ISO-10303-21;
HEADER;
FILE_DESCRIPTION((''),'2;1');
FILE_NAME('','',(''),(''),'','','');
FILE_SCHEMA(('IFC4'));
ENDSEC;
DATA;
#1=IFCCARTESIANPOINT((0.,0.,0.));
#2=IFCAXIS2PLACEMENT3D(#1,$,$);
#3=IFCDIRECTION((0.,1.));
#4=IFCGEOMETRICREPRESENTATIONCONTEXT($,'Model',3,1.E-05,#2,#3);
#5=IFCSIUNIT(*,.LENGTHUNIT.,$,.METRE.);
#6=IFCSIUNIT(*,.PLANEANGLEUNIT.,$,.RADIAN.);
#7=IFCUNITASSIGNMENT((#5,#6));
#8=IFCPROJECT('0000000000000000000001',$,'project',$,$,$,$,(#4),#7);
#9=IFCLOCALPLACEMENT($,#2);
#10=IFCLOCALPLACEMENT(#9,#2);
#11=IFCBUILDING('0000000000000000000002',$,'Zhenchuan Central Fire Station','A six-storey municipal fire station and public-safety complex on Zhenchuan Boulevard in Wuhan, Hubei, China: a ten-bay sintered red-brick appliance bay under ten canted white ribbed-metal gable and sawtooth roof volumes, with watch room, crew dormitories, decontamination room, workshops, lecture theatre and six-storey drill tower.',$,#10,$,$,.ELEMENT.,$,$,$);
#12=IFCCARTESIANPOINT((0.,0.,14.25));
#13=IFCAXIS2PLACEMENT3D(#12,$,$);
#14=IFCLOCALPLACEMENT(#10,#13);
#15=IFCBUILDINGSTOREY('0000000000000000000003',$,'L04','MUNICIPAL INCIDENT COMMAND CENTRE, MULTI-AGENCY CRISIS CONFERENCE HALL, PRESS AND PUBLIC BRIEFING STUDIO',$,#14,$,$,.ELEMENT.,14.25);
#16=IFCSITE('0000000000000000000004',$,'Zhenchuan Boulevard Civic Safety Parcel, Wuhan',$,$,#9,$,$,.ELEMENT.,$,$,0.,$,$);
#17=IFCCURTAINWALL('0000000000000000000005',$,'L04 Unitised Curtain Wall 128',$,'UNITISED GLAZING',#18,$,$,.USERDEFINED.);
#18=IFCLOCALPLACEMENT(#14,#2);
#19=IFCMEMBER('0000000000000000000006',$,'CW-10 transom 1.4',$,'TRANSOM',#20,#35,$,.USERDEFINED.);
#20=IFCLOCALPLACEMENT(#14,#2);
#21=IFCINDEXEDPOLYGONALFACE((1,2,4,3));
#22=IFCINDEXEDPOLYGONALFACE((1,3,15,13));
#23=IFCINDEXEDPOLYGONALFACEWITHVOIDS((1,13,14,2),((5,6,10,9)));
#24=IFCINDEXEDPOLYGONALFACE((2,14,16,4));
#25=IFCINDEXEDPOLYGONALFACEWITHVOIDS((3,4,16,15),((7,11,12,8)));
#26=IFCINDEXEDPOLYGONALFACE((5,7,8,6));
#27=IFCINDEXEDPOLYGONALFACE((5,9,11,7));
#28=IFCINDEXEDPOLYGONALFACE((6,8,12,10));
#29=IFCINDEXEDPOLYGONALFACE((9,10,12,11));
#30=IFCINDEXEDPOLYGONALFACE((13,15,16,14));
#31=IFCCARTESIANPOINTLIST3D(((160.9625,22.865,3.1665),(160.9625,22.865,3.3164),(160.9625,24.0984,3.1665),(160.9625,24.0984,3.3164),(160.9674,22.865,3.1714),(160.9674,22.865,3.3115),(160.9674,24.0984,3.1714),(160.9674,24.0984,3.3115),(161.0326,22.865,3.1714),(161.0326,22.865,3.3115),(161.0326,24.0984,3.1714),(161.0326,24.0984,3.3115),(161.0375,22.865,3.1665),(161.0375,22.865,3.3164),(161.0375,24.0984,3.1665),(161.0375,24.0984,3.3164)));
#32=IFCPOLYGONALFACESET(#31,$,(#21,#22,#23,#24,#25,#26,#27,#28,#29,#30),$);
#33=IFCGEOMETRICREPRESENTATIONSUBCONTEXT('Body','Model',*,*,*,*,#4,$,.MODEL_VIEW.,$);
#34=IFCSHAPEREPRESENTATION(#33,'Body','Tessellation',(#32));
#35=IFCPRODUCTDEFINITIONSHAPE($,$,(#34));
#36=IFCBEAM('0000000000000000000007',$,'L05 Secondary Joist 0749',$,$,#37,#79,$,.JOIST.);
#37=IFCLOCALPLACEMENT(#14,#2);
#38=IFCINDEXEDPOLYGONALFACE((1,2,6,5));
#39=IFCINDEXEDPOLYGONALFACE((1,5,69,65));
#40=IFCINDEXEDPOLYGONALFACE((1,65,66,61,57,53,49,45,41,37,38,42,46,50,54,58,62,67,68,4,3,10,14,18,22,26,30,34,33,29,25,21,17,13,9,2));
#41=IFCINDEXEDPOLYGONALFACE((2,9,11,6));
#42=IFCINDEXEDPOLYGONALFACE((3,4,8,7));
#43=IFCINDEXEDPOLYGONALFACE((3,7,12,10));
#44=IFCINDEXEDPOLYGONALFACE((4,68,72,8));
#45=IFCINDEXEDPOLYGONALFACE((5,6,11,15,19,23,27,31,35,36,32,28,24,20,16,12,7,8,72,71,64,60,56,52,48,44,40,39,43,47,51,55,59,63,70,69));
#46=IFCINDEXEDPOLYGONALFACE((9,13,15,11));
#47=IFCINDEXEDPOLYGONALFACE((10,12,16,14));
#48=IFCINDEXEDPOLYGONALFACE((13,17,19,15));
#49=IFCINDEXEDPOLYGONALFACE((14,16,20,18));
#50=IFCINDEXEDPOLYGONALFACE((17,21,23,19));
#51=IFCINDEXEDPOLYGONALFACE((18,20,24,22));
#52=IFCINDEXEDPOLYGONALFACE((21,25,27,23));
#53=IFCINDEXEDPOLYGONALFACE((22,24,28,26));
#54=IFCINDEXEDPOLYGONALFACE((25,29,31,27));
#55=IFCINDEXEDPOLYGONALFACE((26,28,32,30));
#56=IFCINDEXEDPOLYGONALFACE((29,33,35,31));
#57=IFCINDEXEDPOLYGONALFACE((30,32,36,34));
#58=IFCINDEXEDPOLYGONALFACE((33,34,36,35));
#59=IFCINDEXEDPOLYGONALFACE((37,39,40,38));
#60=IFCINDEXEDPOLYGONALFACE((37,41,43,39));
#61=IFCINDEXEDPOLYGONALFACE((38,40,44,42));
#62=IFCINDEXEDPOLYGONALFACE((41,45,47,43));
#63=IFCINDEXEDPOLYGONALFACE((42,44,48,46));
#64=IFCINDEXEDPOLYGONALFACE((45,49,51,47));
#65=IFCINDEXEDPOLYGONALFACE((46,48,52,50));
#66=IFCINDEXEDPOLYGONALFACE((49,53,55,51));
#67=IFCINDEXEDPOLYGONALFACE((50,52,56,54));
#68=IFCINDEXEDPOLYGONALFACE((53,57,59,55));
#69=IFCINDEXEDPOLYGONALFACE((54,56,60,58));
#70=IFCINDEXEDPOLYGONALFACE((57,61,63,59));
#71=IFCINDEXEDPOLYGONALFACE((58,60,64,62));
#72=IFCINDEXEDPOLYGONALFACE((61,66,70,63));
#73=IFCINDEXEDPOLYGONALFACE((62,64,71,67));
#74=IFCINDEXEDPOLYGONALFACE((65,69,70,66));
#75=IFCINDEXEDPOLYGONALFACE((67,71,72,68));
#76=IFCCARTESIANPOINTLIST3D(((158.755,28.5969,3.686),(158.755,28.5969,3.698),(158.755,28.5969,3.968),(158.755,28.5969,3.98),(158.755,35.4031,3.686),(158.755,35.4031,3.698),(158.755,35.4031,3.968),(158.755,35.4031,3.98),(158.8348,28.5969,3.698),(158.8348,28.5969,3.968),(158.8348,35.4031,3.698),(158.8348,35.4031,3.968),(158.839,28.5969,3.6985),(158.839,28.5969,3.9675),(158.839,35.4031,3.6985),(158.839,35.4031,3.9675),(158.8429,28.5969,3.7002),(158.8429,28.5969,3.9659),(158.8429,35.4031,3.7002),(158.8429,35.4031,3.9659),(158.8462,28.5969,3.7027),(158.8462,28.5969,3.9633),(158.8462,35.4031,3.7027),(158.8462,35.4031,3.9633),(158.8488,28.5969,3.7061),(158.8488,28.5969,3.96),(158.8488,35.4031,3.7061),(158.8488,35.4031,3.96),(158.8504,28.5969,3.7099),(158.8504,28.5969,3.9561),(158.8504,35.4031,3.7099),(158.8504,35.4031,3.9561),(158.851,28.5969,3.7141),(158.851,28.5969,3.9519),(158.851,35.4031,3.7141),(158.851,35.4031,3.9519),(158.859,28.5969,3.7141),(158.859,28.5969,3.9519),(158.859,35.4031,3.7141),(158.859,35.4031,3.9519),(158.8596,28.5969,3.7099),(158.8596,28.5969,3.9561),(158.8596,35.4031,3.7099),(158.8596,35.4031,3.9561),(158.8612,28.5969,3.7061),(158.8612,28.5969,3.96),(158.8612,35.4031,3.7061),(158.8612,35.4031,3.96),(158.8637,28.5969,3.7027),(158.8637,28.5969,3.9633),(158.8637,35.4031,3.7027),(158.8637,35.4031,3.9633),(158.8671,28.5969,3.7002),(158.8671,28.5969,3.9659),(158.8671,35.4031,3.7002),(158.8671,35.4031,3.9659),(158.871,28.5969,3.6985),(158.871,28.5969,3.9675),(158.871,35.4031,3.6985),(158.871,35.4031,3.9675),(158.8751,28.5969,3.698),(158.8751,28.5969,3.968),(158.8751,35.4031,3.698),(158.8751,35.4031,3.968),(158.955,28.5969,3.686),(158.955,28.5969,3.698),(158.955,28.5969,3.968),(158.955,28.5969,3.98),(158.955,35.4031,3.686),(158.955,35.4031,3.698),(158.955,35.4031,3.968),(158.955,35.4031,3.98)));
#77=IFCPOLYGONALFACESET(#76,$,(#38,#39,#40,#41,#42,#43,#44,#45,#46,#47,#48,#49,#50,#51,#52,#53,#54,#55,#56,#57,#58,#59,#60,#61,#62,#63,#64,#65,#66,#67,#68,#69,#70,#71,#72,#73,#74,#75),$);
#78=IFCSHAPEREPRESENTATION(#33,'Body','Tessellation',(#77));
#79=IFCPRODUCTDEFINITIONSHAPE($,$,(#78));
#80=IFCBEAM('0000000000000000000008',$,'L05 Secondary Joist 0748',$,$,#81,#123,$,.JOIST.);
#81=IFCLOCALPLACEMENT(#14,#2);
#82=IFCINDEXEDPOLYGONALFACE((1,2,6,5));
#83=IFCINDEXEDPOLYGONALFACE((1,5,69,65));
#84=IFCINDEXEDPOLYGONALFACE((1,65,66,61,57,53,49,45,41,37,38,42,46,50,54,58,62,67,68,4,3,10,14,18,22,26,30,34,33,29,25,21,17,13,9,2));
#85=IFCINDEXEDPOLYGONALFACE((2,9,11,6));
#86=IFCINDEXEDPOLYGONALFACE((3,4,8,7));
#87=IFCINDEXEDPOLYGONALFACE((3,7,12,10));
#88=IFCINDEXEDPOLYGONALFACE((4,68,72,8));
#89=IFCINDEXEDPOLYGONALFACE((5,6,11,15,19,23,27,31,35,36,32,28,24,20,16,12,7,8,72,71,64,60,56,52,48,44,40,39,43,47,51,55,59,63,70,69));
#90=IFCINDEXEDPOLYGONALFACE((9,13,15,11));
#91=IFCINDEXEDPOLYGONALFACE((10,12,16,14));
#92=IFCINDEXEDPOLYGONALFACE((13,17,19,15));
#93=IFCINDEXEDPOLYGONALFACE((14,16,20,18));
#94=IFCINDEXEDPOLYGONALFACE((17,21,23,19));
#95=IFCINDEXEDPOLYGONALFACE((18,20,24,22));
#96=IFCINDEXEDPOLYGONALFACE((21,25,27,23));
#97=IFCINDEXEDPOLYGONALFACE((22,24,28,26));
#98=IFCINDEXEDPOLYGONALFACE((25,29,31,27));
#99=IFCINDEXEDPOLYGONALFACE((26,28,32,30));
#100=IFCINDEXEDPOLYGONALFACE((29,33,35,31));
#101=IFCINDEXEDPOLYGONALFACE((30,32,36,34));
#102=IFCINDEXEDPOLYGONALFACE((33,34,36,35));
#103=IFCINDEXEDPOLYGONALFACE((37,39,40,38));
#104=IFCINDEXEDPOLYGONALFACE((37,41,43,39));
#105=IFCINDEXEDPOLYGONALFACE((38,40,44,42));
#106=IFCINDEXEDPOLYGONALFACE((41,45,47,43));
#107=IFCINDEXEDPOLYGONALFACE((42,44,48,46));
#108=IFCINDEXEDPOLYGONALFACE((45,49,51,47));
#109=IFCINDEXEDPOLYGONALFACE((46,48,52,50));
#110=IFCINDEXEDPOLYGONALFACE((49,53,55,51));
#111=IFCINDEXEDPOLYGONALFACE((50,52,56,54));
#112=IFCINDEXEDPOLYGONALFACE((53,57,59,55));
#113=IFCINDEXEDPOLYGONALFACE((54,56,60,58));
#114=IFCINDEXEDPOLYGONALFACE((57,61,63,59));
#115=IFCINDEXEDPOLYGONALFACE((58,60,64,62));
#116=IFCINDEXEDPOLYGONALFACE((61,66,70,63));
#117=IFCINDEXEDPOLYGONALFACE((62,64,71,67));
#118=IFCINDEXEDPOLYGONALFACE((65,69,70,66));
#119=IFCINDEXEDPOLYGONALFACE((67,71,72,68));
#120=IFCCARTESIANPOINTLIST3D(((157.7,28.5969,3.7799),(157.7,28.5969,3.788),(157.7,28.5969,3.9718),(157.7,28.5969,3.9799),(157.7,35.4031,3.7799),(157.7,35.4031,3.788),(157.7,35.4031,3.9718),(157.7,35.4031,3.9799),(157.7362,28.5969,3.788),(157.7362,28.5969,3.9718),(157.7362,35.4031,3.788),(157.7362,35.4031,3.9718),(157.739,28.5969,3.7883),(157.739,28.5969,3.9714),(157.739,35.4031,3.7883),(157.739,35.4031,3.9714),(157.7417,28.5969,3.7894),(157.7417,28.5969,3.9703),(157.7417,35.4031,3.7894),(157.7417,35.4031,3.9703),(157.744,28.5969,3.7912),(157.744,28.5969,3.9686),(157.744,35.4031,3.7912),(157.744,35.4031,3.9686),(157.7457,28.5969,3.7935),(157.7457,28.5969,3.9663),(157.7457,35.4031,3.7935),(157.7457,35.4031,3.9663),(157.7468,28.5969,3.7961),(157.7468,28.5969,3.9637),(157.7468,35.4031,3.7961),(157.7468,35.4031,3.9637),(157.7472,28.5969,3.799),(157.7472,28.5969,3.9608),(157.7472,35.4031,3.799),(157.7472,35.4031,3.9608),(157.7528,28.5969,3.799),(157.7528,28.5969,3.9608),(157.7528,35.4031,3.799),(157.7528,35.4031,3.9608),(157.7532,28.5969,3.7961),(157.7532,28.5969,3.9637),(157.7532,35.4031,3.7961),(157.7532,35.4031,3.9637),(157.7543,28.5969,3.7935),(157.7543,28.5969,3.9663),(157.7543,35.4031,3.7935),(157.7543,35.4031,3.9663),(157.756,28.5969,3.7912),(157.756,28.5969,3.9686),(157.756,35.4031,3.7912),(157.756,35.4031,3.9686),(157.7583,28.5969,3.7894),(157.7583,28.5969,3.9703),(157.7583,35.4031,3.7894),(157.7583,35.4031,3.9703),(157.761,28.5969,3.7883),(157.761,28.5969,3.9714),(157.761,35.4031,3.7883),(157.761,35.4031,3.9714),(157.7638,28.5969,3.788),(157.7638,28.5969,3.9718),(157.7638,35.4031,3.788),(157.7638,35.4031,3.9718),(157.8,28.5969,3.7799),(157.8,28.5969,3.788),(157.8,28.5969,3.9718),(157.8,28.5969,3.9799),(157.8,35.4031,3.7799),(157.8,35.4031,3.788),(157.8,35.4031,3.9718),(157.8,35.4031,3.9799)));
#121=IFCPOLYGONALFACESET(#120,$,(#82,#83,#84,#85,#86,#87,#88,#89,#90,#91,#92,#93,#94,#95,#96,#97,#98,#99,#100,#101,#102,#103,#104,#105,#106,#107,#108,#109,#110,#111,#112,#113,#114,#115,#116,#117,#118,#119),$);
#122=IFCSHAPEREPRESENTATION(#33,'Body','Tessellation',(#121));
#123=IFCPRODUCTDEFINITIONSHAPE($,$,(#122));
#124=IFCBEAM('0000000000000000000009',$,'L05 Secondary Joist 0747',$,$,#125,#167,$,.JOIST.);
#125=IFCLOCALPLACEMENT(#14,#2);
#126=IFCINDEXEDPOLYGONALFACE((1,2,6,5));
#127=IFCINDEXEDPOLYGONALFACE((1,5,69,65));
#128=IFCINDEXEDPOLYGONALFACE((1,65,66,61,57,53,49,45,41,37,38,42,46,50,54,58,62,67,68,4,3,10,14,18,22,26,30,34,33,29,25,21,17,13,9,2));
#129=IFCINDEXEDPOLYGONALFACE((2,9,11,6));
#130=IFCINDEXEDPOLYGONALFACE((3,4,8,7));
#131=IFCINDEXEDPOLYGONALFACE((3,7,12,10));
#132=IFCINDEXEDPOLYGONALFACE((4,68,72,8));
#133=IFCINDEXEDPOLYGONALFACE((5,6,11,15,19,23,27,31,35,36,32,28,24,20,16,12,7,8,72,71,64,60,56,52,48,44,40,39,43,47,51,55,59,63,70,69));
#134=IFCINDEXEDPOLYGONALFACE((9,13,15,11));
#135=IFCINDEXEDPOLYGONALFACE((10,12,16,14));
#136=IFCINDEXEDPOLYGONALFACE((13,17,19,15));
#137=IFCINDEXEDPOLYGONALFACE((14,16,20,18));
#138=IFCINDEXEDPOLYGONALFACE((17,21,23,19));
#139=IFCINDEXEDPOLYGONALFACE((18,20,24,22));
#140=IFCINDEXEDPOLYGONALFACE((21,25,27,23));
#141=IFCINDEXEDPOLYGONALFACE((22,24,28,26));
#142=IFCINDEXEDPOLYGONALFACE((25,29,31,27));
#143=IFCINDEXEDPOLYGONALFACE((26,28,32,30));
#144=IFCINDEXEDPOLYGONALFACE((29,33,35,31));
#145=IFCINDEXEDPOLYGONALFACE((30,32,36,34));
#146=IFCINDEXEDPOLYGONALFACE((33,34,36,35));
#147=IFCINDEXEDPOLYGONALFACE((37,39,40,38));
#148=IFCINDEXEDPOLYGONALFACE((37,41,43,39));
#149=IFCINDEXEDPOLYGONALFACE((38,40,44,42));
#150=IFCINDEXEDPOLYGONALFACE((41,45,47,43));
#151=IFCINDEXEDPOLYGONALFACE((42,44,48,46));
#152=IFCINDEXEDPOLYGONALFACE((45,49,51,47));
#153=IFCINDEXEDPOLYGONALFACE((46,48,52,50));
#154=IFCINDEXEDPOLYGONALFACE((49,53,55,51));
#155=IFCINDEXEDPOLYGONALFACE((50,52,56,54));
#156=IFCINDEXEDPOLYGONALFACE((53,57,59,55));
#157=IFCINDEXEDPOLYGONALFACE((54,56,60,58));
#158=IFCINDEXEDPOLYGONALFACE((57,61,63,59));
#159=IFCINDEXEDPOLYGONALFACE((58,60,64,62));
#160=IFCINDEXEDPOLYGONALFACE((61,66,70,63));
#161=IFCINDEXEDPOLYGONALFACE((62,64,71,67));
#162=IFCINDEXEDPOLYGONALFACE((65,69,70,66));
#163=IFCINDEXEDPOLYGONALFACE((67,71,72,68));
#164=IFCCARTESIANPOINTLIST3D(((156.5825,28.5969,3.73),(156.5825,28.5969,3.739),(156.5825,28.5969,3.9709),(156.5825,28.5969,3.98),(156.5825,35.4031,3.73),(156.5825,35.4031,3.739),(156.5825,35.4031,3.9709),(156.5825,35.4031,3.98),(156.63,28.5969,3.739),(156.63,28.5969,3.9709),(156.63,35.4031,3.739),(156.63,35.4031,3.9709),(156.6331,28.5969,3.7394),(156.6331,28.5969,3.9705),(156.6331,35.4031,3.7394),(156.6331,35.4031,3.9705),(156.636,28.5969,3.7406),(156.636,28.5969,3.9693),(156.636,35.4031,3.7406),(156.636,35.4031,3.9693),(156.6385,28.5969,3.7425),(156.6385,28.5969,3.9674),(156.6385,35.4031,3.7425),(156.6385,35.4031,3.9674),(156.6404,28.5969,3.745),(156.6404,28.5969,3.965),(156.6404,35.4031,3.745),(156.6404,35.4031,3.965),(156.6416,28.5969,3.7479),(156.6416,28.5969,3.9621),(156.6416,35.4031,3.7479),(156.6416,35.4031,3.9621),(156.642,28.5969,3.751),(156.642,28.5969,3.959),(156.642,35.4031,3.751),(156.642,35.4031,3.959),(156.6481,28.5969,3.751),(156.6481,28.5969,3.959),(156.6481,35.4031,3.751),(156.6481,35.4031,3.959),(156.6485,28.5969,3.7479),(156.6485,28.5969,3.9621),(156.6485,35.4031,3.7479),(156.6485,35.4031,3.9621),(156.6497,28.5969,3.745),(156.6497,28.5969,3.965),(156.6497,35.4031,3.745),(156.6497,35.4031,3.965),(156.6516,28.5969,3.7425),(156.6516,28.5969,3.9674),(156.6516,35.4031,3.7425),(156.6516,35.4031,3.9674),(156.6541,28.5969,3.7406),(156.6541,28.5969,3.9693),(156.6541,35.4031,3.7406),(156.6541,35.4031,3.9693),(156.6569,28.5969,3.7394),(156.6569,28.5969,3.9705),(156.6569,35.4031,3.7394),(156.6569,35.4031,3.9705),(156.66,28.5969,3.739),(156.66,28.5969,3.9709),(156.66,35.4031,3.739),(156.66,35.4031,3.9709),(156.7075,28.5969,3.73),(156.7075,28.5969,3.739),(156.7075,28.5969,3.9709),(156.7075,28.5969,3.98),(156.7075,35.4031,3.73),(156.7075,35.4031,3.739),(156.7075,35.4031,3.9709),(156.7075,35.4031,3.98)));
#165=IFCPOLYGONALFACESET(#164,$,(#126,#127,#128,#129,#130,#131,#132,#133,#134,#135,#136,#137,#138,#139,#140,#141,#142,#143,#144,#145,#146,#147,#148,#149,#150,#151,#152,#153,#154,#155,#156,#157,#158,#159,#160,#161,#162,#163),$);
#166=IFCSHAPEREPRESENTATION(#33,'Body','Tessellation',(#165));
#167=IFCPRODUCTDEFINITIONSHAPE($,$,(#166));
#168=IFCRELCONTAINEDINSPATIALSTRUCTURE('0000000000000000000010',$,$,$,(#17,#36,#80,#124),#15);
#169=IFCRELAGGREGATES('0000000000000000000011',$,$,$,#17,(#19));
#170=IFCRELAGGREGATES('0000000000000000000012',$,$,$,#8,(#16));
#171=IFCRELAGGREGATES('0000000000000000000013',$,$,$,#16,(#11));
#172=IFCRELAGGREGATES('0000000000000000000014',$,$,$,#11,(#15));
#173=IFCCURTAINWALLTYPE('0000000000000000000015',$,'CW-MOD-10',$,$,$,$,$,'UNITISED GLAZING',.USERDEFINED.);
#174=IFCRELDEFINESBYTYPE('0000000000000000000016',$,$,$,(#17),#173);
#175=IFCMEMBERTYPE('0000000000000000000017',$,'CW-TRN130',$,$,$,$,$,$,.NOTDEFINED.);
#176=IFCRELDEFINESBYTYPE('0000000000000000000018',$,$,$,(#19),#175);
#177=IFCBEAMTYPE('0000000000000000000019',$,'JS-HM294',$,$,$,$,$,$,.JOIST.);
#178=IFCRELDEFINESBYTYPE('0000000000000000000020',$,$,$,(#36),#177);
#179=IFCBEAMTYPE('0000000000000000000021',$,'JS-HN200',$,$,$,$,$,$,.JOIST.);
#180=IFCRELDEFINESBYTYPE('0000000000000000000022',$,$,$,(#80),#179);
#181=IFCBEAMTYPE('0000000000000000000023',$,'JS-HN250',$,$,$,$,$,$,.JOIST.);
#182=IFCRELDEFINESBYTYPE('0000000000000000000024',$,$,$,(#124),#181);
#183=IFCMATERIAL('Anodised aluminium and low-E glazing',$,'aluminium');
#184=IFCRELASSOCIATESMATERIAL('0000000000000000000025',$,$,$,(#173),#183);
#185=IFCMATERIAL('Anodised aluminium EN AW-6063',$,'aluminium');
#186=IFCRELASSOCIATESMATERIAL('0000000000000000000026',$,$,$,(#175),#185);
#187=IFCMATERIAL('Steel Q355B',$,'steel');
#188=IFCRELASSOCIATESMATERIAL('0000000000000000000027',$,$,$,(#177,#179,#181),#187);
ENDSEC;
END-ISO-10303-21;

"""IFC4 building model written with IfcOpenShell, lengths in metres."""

from ifc_helpers import new_model, si_unit, direction, frame, origin, origin_2d, place, context, subcontext, project, spatial, hollow_rectangle, i_section, extrude, material, material_profile, profile_set, type_object, element, aggregate, save


model = new_model("IFC4")

# Units and contexts
model_context = context("Model", 3, precision=1e-05, world=origin(), true_north=direction((0.0, 1.0)))
body_context = subcontext(model_context, "Body", "Model", "MODEL_VIEW")
ifc_project = project(units=[si_unit("LENGTHUNIT", "METRE"), si_unit("PLANEANGLEUNIT", "RADIAN")], contexts=[model_context])

# Site, building, storey
site_placement = place(None, origin())
site = spatial("IfcSite", under=ifc_project, at=site_placement, Name="Zhenchuan Boulevard Civic Safety Parcel, Wuhan", CompositionType="ELEMENT", RefElevation=0.0)
building_placement = place(site_placement, origin())
building = spatial("IfcBuilding", under=site, at=building_placement, Name="Zhenchuan Central Fire Station", Description="A six-storey municipal fire station and public-safety complex on Zhenchuan Boulevard in Wuhan, Hubei, China: a ten-bay sintered red-brick appliance bay under ten canted white ribbed-metal gable and sawtooth roof volumes, with watch room, crew dormitories, decontamination room, workshops, lecture theatre and six-storey drill tower.", CompositionType="ELEMENT")
storey_placement = place(building_placement, frame((0.0, 0.0, 14.25)))
storey = spatial("IfcBuildingStorey", under=building, at=storey_placement, Name="L04", Description="MUNICIPAL INCIDENT COMMAND CENTRE, MULTI-AGENCY CRISIS CONFERENCE HALL, PRESS AND PUBLIC BRIEFING STUDIO", CompositionType="ELEMENT", Elevation=14.25)

# Shared definitions
ifc_material_1 = material(Name="Steel Q355B", Category="steel")

# Curtain wall, member
ifc_material_2 = material(Name="Anodised aluminium and low-E glazing", Category="aluminium")
curtain_wall_type = type_object("IfcCurtainWallType", Name="CW-MOD-10", ElementType="UNITISED GLAZING", PredefinedType="USERDEFINED", material=ifc_material_2)
curtain_wall_placement = place(storey_placement, origin())
curtain_wall = element("IfcCurtainWall", 1, at=curtain_wall_placement, inside=storey, type_object=curtain_wall_type, Name="L04 Unitised Curtain Wall 128", ObjectType="UNITISED GLAZING", PredefinedType="USERDEFINED")
ifc_material_3 = material(Name="Anodised aluminium EN AW-6063", Category="aluminium")
ifc_material_profile_1 = material_profile(ifc_material_3, hollow_rectangle(XDim=0.075, YDim=0.1499, WallThickness=0.0049, at=origin_2d()), Name="ALU-T 150x75")
ifc_profile_set_1 = profile_set([ifc_material_profile_1], Name="Anodised aluminium EN AW-6063")
member_type_1 = type_object("IfcMemberType", Name="CW-TRN130", PredefinedType="NOTDEFINED", material=ifc_profile_set_1)
member_1_placement = place(storey_placement, frame((161.0, 22.865, 3.2415), z_axis=(0.0, 1.0, 0.0), x_axis=(-1.0, 0.0, 0.0)))
member_1 = element("IfcMember", 2, at=member_1_placement, type_object=member_type_1, Name="CW-10 transom 1.4", ObjectType="TRANSOM", PredefinedType="USERDEFINED", context=body_context, shape_type="SweptSolid", body=[
    extrude(hollow_rectangle(XDim=0.075, YDim=0.1499, WallThickness=0.0049, at=origin_2d()), origin(), (0.0, 0.0, 1.0), 1.2334),
])

# Beams
ifc_material_profile_2 = material_profile(ifc_material_1, i_section(OverallWidth=0.2, OverallDepth=0.2939, WebThickness=0.0081, FlangeThickness=0.012, FilletRadius=0.0161, at=origin_2d()), Name="HM 294x200")
ifc_profile_set_2 = profile_set([ifc_material_profile_2], Name="Steel Q355B")
beam_type_1 = type_object("IfcBeamType", Name="JS-HM294", PredefinedType="JOIST", material=ifc_profile_set_2)
beam_1_placement = place(storey_placement, frame((158.855, 28.5969, 3.833), z_axis=(0.0, 1.0, 0.0), x_axis=(-1.0, 0.0, 0.0)))
element("IfcBeam", 3, at=beam_1_placement, inside=storey, type_object=beam_type_1, Name="L05 Secondary Joist 0749", PredefinedType="JOIST", context=body_context, shape_type="SweptSolid", body=[
    extrude(i_section(OverallWidth=0.2, OverallDepth=0.2939, WebThickness=0.0081, FlangeThickness=0.012, FilletRadius=0.0161, at=origin_2d()), origin(), (0.0, 0.0, 1.0), 6.8062),
])
ifc_material_profile_3 = material_profile(ifc_material_1, i_section(OverallWidth=0.1001, OverallDepth=0.2, WebThickness=0.0056, FlangeThickness=0.0081, FilletRadius=0.011, at=origin_2d()), Name="HN 200x100")
ifc_profile_set_3 = profile_set([ifc_material_profile_3], Name="Steel Q355B")
beam_type_2 = type_object("IfcBeamType", Name="JS-HN200", PredefinedType="JOIST", material=ifc_profile_set_3)
beam_2_placement = place(storey_placement, frame((157.75, 28.5969, 3.8799), z_axis=(0.0, 1.0, 0.0), x_axis=(-1.0, 0.0, 0.0)))
element("IfcBeam", 4, at=beam_2_placement, inside=storey, type_object=beam_type_2, Name="L05 Secondary Joist 0748", PredefinedType="JOIST", context=body_context, shape_type="SweptSolid", body=[
    extrude(i_section(OverallWidth=0.1001, OverallDepth=0.2, WebThickness=0.0056, FlangeThickness=0.0081, FilletRadius=0.011, at=origin_2d()), origin(), (0.0, 0.0, 1.0), 6.8062),
])
ifc_material_profile_4 = material_profile(ifc_material_1, i_section(OverallWidth=0.125, OverallDepth=0.25, WebThickness=0.0061, FlangeThickness=0.009, FilletRadius=0.012, at=origin_2d()), Name="HN 250x125")
ifc_profile_set_4 = profile_set([ifc_material_profile_4], Name="Steel Q355B")
beam_type_3 = type_object("IfcBeamType", Name="JS-HN250", PredefinedType="JOIST", material=ifc_profile_set_4)
beam_3_placement = place(storey_placement, frame((156.645, 28.5969, 3.855), z_axis=(0.0, 1.0, 0.0), x_axis=(-1.0, 0.0, 0.0)))
element("IfcBeam", 5, at=beam_3_placement, inside=storey, type_object=beam_type_3, Name="L05 Secondary Joist 0747", PredefinedType="JOIST", context=body_context, shape_type="SweptSolid", body=[
    extrude(i_section(OverallWidth=0.125, OverallDepth=0.25, WebThickness=0.0061, FlangeThickness=0.009, FilletRadius=0.012, at=origin_2d()), origin(), (0.0, 0.0, 1.0), 6.8062),
])

aggregate(curtain_wall, [member_1])

save(model, "model.ifc")
